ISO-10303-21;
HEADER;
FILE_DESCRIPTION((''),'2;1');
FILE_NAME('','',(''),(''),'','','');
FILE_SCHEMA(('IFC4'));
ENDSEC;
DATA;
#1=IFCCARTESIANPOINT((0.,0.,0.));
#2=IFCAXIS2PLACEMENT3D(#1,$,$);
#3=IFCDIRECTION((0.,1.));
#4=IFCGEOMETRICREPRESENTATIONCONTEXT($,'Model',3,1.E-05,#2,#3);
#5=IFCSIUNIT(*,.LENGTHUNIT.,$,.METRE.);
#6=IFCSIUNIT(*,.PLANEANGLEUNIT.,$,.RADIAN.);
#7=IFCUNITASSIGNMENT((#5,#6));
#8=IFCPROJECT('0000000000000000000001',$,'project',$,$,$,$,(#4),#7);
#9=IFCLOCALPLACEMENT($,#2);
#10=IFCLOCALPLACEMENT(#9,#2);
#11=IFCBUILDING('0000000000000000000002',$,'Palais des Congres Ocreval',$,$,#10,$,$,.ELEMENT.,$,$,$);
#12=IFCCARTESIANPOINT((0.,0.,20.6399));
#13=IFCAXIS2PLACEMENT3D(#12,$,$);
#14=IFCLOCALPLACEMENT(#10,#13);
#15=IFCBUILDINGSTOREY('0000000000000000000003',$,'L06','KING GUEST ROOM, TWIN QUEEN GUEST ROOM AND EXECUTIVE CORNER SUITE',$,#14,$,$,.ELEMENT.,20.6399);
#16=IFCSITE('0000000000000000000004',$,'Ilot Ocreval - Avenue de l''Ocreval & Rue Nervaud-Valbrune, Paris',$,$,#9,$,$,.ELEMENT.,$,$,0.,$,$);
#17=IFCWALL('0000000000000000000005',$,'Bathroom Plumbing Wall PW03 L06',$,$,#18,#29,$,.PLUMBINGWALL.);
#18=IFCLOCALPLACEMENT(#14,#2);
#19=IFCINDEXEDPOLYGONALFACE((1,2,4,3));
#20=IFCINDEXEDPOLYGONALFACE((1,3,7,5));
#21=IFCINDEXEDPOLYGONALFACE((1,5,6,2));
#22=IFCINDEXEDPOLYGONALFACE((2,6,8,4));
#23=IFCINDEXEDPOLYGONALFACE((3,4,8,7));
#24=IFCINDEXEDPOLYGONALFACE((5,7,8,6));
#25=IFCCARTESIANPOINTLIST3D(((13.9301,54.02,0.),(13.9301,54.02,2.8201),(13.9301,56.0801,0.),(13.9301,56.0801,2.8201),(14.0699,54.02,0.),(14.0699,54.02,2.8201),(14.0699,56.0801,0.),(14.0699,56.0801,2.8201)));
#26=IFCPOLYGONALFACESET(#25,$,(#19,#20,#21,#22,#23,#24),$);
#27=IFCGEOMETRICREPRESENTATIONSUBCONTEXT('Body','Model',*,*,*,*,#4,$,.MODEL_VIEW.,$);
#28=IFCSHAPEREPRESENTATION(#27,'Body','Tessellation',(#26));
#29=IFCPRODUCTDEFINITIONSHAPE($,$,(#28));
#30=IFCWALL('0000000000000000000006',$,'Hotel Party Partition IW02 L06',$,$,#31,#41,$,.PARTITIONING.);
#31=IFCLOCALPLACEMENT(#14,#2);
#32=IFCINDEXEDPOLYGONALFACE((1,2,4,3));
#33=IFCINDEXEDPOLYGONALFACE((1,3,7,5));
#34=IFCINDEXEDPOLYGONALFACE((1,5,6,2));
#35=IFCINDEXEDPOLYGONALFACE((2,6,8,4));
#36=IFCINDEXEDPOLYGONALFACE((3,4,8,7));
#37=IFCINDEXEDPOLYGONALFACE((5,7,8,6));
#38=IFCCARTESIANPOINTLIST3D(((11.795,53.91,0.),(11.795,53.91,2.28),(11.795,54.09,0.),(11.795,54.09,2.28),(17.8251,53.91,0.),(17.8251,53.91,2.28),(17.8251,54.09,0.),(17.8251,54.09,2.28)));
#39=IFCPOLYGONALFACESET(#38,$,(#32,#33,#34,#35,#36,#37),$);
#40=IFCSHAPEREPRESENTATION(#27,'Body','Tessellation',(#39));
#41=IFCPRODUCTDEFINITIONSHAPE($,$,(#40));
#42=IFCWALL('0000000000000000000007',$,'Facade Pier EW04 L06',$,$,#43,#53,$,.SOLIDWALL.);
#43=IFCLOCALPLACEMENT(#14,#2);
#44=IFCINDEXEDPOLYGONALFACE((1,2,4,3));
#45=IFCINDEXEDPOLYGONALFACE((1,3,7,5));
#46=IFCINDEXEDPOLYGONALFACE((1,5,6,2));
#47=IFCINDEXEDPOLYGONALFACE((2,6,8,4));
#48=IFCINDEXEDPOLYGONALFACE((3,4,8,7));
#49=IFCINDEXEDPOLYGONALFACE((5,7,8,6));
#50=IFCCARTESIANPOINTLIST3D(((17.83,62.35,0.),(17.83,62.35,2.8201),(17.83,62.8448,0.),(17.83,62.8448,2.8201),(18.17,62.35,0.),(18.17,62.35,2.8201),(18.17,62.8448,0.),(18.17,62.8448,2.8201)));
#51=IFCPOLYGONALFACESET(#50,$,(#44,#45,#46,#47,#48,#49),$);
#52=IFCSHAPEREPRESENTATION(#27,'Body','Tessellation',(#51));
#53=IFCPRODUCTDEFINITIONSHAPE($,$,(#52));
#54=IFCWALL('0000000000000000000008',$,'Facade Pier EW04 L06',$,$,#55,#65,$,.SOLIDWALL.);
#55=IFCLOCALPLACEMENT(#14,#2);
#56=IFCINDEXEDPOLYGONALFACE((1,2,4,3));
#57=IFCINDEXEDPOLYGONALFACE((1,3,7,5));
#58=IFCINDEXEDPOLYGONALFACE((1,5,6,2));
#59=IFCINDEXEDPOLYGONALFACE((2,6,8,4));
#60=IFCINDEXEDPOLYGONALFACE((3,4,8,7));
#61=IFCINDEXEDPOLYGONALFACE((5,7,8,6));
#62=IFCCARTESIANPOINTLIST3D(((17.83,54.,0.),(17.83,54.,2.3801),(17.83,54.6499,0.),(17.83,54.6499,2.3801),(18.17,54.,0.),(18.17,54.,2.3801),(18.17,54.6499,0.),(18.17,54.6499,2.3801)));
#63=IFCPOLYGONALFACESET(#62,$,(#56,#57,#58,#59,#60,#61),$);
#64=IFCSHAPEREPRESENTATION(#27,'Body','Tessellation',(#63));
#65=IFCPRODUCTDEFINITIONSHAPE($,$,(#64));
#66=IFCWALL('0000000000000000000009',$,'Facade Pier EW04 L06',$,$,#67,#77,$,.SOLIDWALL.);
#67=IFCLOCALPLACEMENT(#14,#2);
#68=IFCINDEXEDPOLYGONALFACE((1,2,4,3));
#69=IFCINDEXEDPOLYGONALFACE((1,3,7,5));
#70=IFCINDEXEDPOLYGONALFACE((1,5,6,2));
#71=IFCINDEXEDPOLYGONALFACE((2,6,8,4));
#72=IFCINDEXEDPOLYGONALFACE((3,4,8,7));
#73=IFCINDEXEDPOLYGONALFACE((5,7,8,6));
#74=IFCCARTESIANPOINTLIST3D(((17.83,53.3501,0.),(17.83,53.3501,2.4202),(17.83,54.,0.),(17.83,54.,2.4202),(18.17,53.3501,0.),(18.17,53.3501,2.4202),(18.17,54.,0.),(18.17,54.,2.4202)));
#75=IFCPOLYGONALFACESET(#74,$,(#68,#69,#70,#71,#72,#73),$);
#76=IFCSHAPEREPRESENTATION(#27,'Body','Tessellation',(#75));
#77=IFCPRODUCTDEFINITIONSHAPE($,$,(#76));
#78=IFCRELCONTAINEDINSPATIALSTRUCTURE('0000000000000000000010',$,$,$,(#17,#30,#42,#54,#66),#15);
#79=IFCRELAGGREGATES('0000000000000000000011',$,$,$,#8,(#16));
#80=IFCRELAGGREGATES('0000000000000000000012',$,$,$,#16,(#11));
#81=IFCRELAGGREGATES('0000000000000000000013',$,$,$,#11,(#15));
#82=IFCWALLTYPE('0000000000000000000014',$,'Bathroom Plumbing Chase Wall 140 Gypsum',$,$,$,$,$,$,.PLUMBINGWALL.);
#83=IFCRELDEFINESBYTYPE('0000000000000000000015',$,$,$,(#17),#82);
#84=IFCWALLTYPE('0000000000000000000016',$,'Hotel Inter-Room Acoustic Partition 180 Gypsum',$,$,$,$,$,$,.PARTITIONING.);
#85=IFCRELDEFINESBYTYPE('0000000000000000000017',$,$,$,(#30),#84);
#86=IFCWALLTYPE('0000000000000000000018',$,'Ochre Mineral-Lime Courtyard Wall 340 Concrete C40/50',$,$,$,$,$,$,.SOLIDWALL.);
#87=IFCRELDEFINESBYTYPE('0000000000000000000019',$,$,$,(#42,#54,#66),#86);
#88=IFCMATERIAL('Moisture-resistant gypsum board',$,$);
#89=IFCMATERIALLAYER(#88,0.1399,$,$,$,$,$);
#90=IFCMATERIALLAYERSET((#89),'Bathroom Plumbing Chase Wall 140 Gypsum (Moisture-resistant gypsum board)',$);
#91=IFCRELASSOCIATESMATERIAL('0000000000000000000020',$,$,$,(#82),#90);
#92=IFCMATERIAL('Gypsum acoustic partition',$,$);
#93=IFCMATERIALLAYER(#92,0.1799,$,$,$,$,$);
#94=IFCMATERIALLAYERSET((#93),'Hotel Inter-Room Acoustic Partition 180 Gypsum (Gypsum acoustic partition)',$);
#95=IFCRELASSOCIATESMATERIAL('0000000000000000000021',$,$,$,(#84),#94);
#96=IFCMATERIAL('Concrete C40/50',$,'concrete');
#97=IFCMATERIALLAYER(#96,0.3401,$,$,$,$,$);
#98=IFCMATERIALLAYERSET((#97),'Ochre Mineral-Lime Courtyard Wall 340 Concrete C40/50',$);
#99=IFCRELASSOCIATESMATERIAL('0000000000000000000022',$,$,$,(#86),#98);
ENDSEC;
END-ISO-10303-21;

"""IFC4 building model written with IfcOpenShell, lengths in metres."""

from ifc_helpers import new_model, si_unit, direction, frame, frame_2d, origin, place, context, subcontext, project, spatial, rectangle, extrude, material, layer, layer_set, type_object, element, save


model = new_model("IFC4")

# Units and contexts
model_context = context("Model", 3, precision=1e-05, world=origin(), true_north=direction((0.0, 1.0)))
body_context = subcontext(model_context, "Body", "Model", "MODEL_VIEW")
ifc_project = project(units=[si_unit("LENGTHUNIT", "METRE"), si_unit("PLANEANGLEUNIT", "RADIAN")], contexts=[model_context])

# Site, building, storey
site_placement = place(None, origin())
site = spatial("IfcSite", under=ifc_project, at=site_placement, Name="Ilot Ocreval - Avenue de l'Ocreval & Rue Nervaud-Valbrune, Paris", CompositionType="ELEMENT", RefElevation=0.0)
building_placement = place(site_placement, origin())
building = spatial("IfcBuilding", under=site, at=building_placement, Name="Palais des Congres Ocreval", CompositionType="ELEMENT")
storey_placement = place(building_placement, frame((0.0, 0.0, 20.6399)))
storey = spatial("IfcBuildingStorey", under=building, at=storey_placement, Name="L06", Description="KING GUEST ROOM, TWIN QUEEN GUEST ROOM AND EXECUTIVE CORNER SUITE", CompositionType="ELEMENT", Elevation=20.6399)

# Shared definitions
ifc_material_1 = material(Name="Concrete C40/50", Category="concrete")

# Walls
ifc_material_2 = material(Name="Moisture-resistant gypsum board")
ifc_layer_1 = layer(ifc_material_2, 0.1399)
ifc_layer_set_1 = layer_set([ifc_layer_1], Name="Bathroom Plumbing Chase Wall 140 Gypsum (Moisture-resistant gypsum board)")
wall_type_1 = type_object("IfcWallType", Name="Bathroom Plumbing Chase Wall 140 Gypsum", PredefinedType="PLUMBINGWALL", material=ifc_layer_set_1)
wall_1_placement = place(storey_placement, frame((14.0, 54.02, 0.0), z_axis=(0.0, 0.0, 1.0), x_axis=(0.0, 1.0, 0.0)))
element("IfcWall", 1, at=wall_1_placement, inside=storey, type_object=wall_type_1, Name="Bathroom Plumbing Wall PW03 L06", PredefinedType="PLUMBINGWALL", context=body_context, shape_type="SweptSolid", body=[
    extrude(rectangle(XDim=2.0601, YDim=0.1399, at=frame_2d((1.03, 0.0))), origin(), (0.0, 0.0, 1.0), 2.8201),
])
ifc_material_3 = material(Name="Gypsum acoustic partition")
ifc_layer_2 = layer(ifc_material_3, 0.1799)
ifc_layer_set_2 = layer_set([ifc_layer_2], Name="Hotel Inter-Room Acoustic Partition 180 Gypsum (Gypsum acoustic partition)")
wall_type_2 = type_object("IfcWallType", Name="Hotel Inter-Room Acoustic Partition 180 Gypsum", PredefinedType="PARTITIONING", material=ifc_layer_set_2)
wall_2_placement = place(storey_placement, frame((11.7949, 54.0, 0.0), z_axis=(0.0, 0.0, 1.0), x_axis=(1.0, 0.0, 0.0)))
element("IfcWall", 2, at=wall_2_placement, inside=storey, type_object=wall_type_2, Name="Hotel Party Partition IW02 L06", PredefinedType="PARTITIONING", context=body_context, shape_type="SweptSolid", body=[
    extrude(rectangle(XDim=6.03, YDim=0.1799, at=frame_2d((3.0151, 0.0))), origin(), (0.0, 0.0, 1.0), 2.28),
])
ifc_layer_3 = layer(ifc_material_1, 0.3401)
ifc_layer_set_3 = layer_set([ifc_layer_3], Name="Ochre Mineral-Lime Courtyard Wall 340 Concrete C40/50")
wall_type_3 = type_object("IfcWallType", Name="Ochre Mineral-Lime Courtyard Wall 340 Concrete C40/50", PredefinedType="SOLIDWALL", material=ifc_layer_set_3)
wall_3_placement = place(storey_placement, frame((18.0, 62.845, 0.0), z_axis=(0.0, 0.0, 1.0), x_axis=(0.0, -1.0, 0.0)))
element("IfcWall", 3, at=wall_3_placement, inside=storey, type_object=wall_type_3, Name="Facade Pier EW04 L06", PredefinedType="SOLIDWALL", context=body_context, shape_type="SweptSolid", body=[
    extrude(rectangle(XDim=0.4949, YDim=0.3401, at=frame_2d((0.2476, 0.0))), origin(), (0.0, 0.0, 1.0), 2.8201),
])
wall_4_placement = place(storey_placement, frame((18.0, 54.6499, 0.0), z_axis=(0.0, 0.0, 1.0), x_axis=(0.0, -1.0, 0.0)))
element("IfcWall", 4, at=wall_4_placement, inside=storey, type_object=wall_type_3, Name="Facade Pier EW04 L06", PredefinedType="SOLIDWALL", context=body_context, shape_type="SweptSolid", body=[
    extrude(rectangle(XDim=0.6499, YDim=0.3401, at=frame_2d((0.325, 0.0))), origin(), (0.0, 0.0, 1.0), 2.3801),
])
wall_5_placement = place(storey_placement, frame((18.0, 54.0, 0.0), z_axis=(0.0, 0.0, 1.0), x_axis=(0.0, -1.0, 0.0)))
element("IfcWall", 5, at=wall_5_placement, inside=storey, type_object=wall_type_3, Name="Facade Pier EW04 L06", PredefinedType="SOLIDWALL", context=body_context, shape_type="SweptSolid", body=[
    extrude(rectangle(XDim=0.6499, YDim=0.3401, at=frame_2d((0.325, 0.0))), origin(), (0.0, 0.0, 1.0), 2.4202),
])

save(model, "model.ifc")
